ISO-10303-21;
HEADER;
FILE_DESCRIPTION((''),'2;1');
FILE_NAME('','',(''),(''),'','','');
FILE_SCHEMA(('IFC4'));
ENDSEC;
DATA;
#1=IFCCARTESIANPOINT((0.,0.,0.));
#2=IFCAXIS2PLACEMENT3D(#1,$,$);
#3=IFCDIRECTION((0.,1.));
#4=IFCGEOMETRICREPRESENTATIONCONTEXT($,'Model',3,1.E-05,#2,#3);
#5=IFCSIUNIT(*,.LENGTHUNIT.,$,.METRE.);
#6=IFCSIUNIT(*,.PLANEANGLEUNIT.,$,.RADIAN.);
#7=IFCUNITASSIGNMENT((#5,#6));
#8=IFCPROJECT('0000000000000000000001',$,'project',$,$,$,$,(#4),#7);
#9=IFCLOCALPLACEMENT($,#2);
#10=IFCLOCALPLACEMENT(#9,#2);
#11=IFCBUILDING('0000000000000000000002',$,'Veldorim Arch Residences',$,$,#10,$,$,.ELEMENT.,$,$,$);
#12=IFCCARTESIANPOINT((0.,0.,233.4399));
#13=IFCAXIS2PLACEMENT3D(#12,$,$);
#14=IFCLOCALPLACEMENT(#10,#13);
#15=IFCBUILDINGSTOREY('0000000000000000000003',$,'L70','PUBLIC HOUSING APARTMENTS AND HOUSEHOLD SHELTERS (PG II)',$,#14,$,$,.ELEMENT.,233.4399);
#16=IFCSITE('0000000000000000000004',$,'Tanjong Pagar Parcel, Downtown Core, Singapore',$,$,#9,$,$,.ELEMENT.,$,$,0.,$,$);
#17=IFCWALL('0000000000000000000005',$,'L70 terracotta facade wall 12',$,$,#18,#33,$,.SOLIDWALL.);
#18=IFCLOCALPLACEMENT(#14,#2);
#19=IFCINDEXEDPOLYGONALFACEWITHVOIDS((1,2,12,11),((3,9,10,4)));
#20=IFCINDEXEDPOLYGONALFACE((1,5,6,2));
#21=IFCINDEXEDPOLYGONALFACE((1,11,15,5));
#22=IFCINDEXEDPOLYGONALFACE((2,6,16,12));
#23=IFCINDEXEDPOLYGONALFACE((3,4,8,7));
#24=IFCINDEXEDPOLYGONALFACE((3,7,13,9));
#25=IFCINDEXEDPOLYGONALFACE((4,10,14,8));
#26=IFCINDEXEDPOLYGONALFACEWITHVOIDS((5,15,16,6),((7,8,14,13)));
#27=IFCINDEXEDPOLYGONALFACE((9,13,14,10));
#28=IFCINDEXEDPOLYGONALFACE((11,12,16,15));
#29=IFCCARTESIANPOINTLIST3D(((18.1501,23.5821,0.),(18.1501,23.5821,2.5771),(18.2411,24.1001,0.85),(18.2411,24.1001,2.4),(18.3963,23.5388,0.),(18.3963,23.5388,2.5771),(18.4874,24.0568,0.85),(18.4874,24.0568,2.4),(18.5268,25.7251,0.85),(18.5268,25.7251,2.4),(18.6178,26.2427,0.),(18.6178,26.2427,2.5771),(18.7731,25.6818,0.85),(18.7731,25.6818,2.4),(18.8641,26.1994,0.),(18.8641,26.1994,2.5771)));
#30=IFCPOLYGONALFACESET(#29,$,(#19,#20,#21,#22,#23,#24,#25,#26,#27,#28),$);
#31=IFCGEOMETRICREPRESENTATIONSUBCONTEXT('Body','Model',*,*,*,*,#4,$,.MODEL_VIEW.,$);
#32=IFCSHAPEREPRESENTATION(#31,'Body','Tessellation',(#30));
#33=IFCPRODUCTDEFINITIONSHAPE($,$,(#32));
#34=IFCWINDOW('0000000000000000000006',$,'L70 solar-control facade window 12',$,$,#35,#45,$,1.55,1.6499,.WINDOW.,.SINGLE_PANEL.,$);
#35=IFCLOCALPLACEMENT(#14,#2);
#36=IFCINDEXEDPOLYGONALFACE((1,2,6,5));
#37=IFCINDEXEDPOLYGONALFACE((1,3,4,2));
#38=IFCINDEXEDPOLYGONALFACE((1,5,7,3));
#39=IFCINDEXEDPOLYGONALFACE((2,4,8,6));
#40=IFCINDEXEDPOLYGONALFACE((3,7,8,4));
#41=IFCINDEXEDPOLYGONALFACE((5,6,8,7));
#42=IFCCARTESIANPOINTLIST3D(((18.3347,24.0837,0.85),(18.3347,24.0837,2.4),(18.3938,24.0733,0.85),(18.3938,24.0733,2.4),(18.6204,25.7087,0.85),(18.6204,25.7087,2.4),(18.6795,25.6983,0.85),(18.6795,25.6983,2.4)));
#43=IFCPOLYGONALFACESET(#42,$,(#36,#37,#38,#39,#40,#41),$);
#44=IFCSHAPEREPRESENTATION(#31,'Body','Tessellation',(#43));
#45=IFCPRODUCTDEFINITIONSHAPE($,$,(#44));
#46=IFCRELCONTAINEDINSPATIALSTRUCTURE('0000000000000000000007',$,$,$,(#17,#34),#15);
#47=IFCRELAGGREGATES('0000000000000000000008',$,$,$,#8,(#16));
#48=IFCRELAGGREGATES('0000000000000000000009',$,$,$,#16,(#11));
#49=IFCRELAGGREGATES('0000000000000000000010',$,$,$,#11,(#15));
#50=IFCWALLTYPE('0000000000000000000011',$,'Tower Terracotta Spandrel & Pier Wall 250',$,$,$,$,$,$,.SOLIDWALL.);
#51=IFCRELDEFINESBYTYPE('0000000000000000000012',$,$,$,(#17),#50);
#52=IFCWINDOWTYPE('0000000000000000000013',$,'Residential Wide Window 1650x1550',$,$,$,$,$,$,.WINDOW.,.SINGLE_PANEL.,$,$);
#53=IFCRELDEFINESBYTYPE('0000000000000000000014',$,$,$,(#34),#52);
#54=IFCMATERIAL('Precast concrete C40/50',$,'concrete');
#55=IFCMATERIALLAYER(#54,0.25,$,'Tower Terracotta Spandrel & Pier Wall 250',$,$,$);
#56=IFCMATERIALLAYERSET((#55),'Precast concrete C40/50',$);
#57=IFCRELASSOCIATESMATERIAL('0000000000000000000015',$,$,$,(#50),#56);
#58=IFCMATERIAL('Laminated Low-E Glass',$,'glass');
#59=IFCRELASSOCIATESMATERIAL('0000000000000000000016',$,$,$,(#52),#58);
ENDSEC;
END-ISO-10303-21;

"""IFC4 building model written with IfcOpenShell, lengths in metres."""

from ifc_helpers import new_model, si_unit, direction, frame, frame_2d, origin, place, context, subcontext, project, spatial, rectangle, extrude, material, layer, layer_set, type_object, element, fill, save


model = new_model("IFC4")

# Units and contexts
model_context = context("Model", 3, precision=1e-05, world=origin(), true_north=direction((0.0, 1.0)))
body_context = subcontext(model_context, "Body", "Model", "MODEL_VIEW")
ifc_project = project(units=[si_unit("LENGTHUNIT", "METRE"), si_unit("PLANEANGLEUNIT", "RADIAN")], contexts=[model_context])

# Site, building, storey
site_placement = place(None, origin())
site = spatial("IfcSite", under=ifc_project, at=site_placement, Name="Tanjong Pagar Parcel, Downtown Core, Singapore", CompositionType="ELEMENT", RefElevation=0.0)
building_placement = place(site_placement, origin())
building = spatial("IfcBuilding", under=site, at=building_placement, Name="Veldorim Arch Residences", CompositionType="ELEMENT")
storey_placement = place(building_placement, frame((0.0, 0.0, 233.4399)))
storey = spatial("IfcBuildingStorey", under=building, at=storey_placement, Name="L70", Description="PUBLIC HOUSING APARTMENTS AND HOUSEHOLD SHELTERS (PG II)", CompositionType="ELEMENT", Elevation=233.4399)

# Shared definitions
ifc_material_1 = material(Name="Precast concrete C40/50", Category="concrete")
ifc_layer_1 = layer(ifc_material_1, 0.25, Name="Tower Terracotta Spandrel & Pier Wall 250")
ifc_layer_set_1 = layer_set([ifc_layer_1], Name="Precast concrete C40/50")
wall_type_1 = type_object("IfcWallType", Name="Tower Terracotta Spandrel & Pier Wall 250", PredefinedType="SOLIDWALL", material=ifc_layer_set_1)

# Wall, opening, window
wall_1_placement = place(storey_placement, frame((18.2732, 23.5605, 0.0), z_axis=(0.0, 0.0, 1.0), x_axis=(0.173156, 0.984894, 0.0)))
wall_1 = element("IfcWall", 1, at=wall_1_placement, inside=storey, type_object=wall_type_1, Name="L70 terracotta facade wall 12", PredefinedType="SOLIDWALL", context=body_context, shape_type="SweptSolid", body=[
    extrude(rectangle(XDim=2.7014, YDim=0.25, at=frame_2d((1.3506, 0.0))), origin(), (0.0, 0.0, 1.0), 2.5771),
])
opening_placement = place(wall_1_placement, frame((0.5259, 0.0, 0.8501)))
opening = element("IfcOpeningElement", 2, at=opening_placement, cuts=wall_1, PredefinedType="OPENING", context=body_context, shape_type="SweptSolid", body=[
    extrude(rectangle(XDim=1.6499, YDim=1.55, at=frame_2d((0.825, 0.7749))), frame((0.0, 0.135, 0.0), z_axis=(0.0, -1.0, 0.0), x_axis=(1.0, 0.0, 0.0)), (0.0, 0.0, 1.0), 0.27),
])
ifc_material_2 = material(Name="Laminated Low-E Glass", Category="glass")
window_type = type_object("IfcWindowType", Name="Residential Wide Window 1650x1550", PartitioningType="SINGLE_PANEL", PredefinedType="WINDOW", material=ifc_material_2)
window_placement = place(opening_placement, origin())
window = element("IfcWindow", 3, at=window_placement, inside=storey, type_object=window_type, Name="L70 solar-control facade window 12", OverallHeight=1.55, OverallWidth=1.6499, PartitioningType="SINGLE_PANEL", PredefinedType="WINDOW", context=body_context, shape_type="SweptSolid", body=[
    extrude(rectangle(XDim=1.6499, YDim=1.55, at=frame_2d((0.825, 0.7749))), frame((0.0, 0.03, 0.0), z_axis=(0.0, -1.0, 0.0), x_axis=(1.0, 0.0, 0.0)), (0.0, 0.0, 1.0), 0.0601),
])
fill(opening, window)

save(model, "model.ifc")
